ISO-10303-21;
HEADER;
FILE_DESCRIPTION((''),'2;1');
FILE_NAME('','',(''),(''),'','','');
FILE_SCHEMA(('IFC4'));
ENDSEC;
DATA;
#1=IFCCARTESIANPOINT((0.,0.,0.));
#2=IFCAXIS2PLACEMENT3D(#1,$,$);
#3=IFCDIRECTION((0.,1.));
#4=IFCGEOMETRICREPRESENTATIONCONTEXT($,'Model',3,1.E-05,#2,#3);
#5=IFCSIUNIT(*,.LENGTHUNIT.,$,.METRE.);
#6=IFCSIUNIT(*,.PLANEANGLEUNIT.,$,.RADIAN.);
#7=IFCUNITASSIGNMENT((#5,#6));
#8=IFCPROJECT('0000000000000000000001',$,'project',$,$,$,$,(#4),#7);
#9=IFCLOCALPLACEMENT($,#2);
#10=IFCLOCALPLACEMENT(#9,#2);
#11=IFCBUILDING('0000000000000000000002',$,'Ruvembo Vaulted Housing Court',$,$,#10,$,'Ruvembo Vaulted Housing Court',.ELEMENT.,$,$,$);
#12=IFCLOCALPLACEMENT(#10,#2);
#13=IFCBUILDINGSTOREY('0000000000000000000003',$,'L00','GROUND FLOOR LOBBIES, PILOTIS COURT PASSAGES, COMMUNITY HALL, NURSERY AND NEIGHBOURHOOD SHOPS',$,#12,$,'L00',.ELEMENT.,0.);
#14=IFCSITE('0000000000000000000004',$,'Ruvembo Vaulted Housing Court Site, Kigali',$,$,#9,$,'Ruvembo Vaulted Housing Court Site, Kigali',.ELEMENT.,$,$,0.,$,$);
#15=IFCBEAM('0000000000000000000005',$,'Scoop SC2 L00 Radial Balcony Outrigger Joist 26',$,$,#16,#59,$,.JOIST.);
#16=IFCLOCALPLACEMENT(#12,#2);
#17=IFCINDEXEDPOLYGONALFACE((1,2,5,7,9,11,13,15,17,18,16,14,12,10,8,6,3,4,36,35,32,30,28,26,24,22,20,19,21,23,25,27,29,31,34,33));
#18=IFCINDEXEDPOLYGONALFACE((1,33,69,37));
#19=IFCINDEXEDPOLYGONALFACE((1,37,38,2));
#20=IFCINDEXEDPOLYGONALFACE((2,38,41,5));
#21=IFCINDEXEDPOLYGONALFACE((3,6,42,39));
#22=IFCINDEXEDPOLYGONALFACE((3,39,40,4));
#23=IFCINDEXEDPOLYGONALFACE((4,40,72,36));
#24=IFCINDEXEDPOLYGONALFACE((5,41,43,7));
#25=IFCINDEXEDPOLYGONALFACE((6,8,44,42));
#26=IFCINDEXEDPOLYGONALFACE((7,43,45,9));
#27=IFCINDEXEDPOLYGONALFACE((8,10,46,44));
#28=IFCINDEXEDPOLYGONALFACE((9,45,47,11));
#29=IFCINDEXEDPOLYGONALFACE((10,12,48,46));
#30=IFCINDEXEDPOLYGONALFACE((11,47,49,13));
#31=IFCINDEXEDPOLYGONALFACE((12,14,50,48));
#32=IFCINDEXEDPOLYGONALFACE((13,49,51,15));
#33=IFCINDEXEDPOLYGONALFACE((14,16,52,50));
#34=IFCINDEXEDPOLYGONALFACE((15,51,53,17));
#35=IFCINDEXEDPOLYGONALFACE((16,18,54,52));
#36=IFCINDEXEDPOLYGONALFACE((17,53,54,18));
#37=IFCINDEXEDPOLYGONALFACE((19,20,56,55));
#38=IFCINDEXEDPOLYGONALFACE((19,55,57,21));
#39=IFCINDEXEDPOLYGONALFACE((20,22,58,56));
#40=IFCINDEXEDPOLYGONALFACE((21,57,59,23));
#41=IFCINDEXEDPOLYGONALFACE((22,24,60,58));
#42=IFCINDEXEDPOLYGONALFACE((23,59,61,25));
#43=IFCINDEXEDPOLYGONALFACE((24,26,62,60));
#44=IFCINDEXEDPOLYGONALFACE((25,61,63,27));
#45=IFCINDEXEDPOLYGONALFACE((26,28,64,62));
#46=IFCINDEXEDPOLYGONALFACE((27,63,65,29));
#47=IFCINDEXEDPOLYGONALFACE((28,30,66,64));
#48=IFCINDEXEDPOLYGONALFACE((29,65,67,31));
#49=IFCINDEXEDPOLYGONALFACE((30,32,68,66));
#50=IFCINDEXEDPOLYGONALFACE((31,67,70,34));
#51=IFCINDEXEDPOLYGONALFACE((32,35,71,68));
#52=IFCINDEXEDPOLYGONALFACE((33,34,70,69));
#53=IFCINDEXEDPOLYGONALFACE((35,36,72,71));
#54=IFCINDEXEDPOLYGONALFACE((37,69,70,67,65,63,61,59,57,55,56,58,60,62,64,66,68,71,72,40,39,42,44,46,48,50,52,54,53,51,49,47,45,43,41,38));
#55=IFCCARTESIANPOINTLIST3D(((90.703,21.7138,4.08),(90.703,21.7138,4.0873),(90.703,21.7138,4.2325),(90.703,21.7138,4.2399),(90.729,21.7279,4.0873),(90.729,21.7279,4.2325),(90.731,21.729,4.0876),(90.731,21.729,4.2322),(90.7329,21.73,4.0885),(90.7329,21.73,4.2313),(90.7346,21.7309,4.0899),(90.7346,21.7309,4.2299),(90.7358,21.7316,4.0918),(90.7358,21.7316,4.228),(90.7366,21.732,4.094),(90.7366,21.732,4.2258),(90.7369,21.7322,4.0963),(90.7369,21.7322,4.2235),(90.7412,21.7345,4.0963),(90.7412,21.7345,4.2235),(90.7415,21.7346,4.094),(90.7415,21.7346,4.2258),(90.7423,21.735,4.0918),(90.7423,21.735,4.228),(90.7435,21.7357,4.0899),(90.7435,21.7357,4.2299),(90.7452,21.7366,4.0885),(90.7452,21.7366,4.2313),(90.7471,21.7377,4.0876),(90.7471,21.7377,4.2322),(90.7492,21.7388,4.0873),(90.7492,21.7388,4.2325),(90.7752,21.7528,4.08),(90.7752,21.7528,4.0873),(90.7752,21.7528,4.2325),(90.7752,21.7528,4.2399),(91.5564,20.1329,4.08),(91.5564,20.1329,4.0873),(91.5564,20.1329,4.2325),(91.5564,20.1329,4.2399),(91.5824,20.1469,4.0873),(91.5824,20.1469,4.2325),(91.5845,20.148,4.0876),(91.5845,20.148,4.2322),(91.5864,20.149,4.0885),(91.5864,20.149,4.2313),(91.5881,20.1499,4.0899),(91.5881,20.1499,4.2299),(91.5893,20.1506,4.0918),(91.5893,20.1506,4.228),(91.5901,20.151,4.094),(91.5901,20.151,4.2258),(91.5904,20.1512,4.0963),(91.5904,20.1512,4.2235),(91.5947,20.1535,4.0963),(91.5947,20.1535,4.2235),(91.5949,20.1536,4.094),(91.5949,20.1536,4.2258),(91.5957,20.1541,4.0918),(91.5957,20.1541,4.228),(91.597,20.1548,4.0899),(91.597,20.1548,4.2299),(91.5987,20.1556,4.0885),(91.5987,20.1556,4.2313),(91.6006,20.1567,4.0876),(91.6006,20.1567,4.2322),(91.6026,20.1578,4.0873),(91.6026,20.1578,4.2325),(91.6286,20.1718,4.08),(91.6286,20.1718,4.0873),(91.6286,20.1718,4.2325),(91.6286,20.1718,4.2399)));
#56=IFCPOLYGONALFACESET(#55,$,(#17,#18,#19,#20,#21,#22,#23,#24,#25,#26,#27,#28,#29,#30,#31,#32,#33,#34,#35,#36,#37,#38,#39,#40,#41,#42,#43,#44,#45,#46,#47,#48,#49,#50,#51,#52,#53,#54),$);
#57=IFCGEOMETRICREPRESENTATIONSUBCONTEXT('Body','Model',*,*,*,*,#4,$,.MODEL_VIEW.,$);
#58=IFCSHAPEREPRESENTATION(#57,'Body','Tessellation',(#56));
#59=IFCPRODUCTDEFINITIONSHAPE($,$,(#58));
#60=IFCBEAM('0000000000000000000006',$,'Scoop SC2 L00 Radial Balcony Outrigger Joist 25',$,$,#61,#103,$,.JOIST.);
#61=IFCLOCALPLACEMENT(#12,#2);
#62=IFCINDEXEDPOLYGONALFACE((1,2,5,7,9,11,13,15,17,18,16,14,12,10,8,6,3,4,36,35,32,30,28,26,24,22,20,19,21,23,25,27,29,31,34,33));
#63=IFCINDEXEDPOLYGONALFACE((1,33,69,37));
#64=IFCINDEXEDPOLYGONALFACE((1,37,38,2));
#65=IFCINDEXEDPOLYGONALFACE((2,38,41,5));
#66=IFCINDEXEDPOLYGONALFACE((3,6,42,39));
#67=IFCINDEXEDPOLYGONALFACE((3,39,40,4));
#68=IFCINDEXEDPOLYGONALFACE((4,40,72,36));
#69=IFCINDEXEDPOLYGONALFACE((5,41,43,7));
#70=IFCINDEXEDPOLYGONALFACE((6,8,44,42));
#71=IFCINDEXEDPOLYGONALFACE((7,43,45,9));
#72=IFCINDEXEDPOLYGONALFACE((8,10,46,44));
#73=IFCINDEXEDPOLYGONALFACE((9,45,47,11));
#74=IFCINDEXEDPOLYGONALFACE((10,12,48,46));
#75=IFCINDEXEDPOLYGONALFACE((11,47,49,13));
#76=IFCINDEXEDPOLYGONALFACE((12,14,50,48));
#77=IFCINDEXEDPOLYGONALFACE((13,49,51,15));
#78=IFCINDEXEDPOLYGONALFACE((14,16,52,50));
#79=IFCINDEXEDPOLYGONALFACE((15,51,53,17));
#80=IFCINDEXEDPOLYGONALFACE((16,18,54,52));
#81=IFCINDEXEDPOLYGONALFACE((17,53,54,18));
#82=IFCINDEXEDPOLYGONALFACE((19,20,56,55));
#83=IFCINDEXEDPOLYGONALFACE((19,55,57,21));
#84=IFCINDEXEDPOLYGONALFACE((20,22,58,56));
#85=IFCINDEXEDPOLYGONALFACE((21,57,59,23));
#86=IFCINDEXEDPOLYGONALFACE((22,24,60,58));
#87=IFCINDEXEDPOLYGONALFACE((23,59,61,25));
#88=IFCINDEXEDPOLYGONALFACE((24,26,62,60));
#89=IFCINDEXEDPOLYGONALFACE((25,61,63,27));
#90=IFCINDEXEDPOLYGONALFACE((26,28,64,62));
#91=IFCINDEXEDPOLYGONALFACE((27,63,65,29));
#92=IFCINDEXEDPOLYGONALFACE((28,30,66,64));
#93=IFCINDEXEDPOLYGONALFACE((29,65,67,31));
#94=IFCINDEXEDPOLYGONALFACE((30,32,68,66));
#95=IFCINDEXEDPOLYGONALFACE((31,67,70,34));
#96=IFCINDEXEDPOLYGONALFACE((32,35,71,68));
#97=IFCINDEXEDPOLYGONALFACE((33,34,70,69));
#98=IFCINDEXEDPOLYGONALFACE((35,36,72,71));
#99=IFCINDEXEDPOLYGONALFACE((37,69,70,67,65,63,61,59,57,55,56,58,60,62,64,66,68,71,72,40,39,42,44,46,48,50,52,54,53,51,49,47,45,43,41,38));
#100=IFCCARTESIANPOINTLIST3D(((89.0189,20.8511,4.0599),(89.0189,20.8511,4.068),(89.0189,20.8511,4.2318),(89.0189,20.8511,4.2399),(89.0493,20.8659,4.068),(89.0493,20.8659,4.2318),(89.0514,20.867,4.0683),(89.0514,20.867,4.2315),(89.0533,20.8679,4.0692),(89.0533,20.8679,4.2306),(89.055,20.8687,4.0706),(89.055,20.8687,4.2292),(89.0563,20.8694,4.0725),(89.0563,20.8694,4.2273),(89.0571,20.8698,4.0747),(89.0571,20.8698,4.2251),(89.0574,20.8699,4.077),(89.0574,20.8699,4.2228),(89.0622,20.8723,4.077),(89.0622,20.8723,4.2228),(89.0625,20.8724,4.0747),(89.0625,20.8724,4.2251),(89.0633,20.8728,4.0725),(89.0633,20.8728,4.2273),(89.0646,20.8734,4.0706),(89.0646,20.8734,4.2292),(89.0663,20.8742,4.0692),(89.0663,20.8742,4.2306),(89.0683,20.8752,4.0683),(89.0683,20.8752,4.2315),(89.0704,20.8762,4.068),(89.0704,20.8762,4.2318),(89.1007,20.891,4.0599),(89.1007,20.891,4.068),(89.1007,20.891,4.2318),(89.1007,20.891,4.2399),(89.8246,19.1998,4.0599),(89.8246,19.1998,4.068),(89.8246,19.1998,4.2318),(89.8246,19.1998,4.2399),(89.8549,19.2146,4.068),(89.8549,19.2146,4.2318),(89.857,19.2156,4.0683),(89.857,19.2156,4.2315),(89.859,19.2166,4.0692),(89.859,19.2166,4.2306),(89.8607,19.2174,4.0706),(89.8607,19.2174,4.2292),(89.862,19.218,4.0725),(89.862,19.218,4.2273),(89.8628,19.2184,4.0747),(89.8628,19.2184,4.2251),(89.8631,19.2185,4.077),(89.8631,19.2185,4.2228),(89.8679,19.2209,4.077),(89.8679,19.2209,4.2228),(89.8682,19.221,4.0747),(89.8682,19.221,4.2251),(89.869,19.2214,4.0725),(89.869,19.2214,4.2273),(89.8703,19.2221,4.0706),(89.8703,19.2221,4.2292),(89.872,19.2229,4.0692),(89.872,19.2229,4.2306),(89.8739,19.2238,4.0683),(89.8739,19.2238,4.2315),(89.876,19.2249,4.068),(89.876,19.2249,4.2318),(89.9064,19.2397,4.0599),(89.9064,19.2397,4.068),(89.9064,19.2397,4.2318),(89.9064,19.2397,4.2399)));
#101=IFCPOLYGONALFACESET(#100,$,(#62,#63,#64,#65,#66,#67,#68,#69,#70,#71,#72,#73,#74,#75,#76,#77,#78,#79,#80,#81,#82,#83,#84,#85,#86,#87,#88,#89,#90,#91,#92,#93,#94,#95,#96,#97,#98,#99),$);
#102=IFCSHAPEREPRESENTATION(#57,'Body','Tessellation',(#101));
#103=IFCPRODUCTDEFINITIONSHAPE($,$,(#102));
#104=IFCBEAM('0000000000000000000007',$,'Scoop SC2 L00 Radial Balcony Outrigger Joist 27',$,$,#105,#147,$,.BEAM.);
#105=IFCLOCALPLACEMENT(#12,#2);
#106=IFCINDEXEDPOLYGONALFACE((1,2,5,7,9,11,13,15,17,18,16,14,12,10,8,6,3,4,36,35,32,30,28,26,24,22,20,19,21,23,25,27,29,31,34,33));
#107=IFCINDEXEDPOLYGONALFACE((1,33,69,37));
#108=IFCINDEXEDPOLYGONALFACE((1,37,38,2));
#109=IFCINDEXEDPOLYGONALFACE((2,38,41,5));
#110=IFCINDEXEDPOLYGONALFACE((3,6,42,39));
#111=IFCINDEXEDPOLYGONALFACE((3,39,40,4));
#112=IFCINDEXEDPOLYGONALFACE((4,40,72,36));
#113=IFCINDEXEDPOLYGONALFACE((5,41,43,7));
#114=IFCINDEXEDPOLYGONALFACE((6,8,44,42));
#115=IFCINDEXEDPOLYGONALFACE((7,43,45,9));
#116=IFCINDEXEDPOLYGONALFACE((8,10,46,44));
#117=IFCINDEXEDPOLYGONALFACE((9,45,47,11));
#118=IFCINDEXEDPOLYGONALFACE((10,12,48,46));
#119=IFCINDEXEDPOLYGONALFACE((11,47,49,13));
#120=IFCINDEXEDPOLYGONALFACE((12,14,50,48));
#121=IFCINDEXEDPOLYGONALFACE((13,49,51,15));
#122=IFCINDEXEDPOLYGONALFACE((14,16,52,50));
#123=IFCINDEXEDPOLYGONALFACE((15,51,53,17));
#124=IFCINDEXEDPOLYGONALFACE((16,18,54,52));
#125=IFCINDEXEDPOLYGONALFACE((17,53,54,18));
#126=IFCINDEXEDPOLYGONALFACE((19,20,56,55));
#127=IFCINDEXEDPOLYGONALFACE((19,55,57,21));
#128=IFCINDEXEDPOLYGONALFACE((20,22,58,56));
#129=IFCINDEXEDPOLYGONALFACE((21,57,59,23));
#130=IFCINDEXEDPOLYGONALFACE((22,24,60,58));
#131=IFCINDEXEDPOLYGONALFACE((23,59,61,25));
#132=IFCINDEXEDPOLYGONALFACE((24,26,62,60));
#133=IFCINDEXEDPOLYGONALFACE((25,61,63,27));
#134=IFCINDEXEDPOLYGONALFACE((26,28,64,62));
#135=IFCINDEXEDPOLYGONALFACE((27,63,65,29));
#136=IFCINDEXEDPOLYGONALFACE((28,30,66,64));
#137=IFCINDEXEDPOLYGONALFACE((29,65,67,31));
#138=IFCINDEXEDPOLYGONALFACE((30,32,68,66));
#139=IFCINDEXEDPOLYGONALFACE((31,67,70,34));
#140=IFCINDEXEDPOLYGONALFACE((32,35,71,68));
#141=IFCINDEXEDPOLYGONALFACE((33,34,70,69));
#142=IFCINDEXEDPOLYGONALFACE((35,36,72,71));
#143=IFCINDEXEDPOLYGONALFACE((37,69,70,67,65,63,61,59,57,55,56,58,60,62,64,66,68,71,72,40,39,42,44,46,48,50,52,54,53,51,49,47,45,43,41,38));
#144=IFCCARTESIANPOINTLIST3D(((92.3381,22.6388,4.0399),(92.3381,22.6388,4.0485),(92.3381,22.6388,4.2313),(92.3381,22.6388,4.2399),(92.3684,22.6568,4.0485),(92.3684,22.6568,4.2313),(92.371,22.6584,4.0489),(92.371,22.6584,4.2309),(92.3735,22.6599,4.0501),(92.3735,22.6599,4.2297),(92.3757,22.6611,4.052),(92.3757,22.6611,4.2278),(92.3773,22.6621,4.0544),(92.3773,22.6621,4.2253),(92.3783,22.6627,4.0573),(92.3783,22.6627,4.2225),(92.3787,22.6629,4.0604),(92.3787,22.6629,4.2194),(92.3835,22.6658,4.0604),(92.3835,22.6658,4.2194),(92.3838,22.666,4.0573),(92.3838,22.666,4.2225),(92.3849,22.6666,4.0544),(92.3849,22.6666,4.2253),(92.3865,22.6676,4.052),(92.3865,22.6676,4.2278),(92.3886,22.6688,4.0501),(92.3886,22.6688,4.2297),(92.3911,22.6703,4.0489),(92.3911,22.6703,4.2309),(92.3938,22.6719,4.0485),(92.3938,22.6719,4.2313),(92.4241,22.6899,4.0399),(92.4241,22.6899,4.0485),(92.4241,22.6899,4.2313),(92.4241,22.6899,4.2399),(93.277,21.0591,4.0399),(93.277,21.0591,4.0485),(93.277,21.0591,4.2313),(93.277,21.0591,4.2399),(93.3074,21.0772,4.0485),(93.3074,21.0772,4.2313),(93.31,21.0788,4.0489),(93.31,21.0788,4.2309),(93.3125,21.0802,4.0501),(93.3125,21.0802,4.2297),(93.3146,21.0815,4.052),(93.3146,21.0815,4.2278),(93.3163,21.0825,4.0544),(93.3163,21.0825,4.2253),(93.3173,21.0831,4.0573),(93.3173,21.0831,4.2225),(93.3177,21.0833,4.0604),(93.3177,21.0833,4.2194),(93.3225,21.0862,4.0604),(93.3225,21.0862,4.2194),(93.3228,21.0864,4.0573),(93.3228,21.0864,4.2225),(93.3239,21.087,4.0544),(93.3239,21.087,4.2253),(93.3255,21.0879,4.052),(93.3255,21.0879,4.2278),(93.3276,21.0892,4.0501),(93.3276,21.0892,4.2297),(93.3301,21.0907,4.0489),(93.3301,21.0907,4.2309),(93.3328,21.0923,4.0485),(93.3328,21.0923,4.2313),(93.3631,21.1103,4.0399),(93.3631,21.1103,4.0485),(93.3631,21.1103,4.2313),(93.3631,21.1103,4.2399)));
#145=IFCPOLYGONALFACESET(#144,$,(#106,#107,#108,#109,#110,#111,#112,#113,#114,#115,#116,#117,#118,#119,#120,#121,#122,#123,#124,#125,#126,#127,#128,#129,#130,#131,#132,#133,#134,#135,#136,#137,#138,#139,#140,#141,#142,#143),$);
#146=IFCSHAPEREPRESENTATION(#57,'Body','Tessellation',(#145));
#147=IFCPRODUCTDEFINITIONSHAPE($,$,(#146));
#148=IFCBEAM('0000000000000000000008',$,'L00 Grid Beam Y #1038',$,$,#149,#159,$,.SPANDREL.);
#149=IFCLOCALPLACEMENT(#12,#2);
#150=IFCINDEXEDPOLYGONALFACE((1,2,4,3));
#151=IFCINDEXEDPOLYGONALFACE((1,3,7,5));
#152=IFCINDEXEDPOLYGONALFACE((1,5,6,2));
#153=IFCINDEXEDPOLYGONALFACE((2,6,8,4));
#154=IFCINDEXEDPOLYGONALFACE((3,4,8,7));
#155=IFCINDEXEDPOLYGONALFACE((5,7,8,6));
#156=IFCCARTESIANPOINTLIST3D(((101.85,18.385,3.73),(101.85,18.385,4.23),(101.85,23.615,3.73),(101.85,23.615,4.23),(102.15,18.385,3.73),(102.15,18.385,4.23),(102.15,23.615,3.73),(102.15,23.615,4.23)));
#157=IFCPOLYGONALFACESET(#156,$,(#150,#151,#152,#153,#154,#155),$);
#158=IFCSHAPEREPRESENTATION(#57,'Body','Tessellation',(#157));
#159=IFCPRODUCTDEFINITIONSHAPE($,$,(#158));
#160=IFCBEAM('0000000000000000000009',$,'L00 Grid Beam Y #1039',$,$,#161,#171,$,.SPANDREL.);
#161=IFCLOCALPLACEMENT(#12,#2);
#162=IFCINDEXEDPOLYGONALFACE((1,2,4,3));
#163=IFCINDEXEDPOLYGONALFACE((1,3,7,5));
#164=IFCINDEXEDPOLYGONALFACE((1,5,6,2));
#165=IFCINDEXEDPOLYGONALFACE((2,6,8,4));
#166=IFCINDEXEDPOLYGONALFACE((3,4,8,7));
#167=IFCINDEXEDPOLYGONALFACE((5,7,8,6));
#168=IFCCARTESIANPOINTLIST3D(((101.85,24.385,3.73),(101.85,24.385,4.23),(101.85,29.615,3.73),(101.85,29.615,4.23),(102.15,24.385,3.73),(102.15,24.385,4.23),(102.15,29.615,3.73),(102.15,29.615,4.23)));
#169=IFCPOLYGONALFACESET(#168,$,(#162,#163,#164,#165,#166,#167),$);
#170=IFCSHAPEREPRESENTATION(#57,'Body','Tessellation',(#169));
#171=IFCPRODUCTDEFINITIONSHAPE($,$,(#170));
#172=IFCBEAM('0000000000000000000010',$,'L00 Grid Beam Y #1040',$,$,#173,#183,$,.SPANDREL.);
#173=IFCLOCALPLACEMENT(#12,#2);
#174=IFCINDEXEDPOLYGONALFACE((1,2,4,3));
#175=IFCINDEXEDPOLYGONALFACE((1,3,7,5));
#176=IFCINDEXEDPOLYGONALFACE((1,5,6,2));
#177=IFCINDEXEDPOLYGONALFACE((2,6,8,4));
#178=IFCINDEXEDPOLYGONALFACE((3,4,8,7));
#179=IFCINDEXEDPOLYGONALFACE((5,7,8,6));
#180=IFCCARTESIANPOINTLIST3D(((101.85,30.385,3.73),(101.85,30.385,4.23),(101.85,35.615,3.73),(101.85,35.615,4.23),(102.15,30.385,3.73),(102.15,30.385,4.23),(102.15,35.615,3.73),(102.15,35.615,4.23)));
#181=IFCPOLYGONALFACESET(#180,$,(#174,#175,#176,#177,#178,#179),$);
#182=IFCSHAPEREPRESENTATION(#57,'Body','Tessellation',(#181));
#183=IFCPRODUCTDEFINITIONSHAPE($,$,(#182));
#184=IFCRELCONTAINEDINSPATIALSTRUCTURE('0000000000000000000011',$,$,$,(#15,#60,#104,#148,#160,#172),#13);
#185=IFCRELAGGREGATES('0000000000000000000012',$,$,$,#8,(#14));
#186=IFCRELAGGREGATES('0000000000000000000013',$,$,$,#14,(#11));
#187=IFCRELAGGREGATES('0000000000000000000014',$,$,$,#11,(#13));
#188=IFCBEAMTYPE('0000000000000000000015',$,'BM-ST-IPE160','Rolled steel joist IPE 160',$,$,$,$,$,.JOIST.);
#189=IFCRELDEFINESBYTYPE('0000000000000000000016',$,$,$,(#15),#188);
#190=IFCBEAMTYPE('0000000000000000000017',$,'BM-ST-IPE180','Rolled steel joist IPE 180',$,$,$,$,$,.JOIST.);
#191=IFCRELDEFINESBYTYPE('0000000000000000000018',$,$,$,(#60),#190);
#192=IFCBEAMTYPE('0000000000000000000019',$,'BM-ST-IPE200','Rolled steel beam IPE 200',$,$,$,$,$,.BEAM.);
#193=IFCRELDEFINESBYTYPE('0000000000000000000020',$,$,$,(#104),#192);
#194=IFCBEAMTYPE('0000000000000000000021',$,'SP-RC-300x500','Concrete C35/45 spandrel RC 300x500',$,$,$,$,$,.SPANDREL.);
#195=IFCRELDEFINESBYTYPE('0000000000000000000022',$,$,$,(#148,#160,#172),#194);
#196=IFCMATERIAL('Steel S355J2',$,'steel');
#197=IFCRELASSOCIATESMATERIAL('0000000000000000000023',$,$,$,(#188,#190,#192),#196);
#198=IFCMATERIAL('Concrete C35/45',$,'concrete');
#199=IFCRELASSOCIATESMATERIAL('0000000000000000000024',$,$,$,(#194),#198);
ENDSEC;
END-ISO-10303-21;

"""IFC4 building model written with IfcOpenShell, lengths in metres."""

from ifc_helpers import new_model, si_unit, direction, frame, origin, origin_2d, place, context, subcontext, project, spatial, rectangle, i_section, extrude, material, material_profile, profile_set, type_object, element, save


model = new_model("IFC4")

# Units and contexts
model_context = context("Model", 3, precision=1e-05, world=origin(), true_north=direction((0.0, 1.0)))
body_context = subcontext(model_context, "Body", "Model", "MODEL_VIEW")
ifc_project = project(units=[si_unit("LENGTHUNIT", "METRE"), si_unit("PLANEANGLEUNIT", "RADIAN")], contexts=[model_context])

# Site, building, storey
site_placement = place(None, origin())
site = spatial("IfcSite", under=ifc_project, at=site_placement, Name="Ruvembo Vaulted Housing Court Site, Kigali", LongName="Ruvembo Vaulted Housing Court Site, Kigali", CompositionType="ELEMENT", RefElevation=0.0)
building_placement = place(site_placement, origin())
building = spatial("IfcBuilding", under=site, at=building_placement, Name="Ruvembo Vaulted Housing Court", LongName="Ruvembo Vaulted Housing Court", CompositionType="ELEMENT")
storey_placement = place(building_placement, origin())
storey = spatial("IfcBuildingStorey", under=building, at=storey_placement, Name="L00", Description="GROUND FLOOR LOBBIES, PILOTIS COURT PASSAGES, COMMUNITY HALL, NURSERY AND NEIGHBOURHOOD SHOPS", LongName="L00", CompositionType="ELEMENT", Elevation=0.0)

# Beams
ifc_material_1 = material(Name="Steel S355J2", Category="steel")
ifc_material_profile_1 = material_profile(ifc_material_1, i_section(OverallWidth=0.082, OverallDepth=0.1599, WebThickness=0.0049, FlangeThickness=0.0073, FilletRadius=0.009, at=origin_2d()), Name="IPE 160")
ifc_profile_set_1 = profile_set([ifc_material_profile_1], Name="Steel S355J2")
beam_type_1 = type_object("IfcBeamType", Name="BM-ST-IPE160", Description="Rolled steel joist IPE 160", PredefinedType="JOIST", material=ifc_profile_set_1)
beam_1_placement = place(storey_placement, frame((91.5925, 20.1523, 4.1599), z_axis=(-0.475039, 0.879964, 0.0), x_axis=(-0.879964, -0.475039, 0.0)))
element("IfcBeam", 1, at=beam_1_placement, inside=storey, type_object=beam_type_1, Name="Scoop SC2 L00 Radial Balcony Outrigger Joist 26", PredefinedType="JOIST", context=body_context, shape_type="SweptSolid", body=[
    extrude(i_section(OverallWidth=0.082, OverallDepth=0.1599, WebThickness=0.0049, FlangeThickness=0.0073, FilletRadius=0.009, at=origin_2d()), origin(), (0.0, 0.0, 1.0), 1.7966),
])
ifc_material_profile_2 = material_profile(ifc_material_1, i_section(OverallWidth=0.0911, OverallDepth=0.1799, WebThickness=0.0054, FlangeThickness=0.0081, FilletRadius=0.009, at=origin_2d()), Name="IPE 180")
ifc_profile_set_2 = profile_set([ifc_material_profile_2], Name="Steel S355J2")
beam_type_2 = type_object("IfcBeamType", Name="BM-ST-IPE180", Description="Rolled steel joist IPE 180", PredefinedType="JOIST", material=ifc_profile_set_2)
beam_2_placement = place(storey_placement, frame((89.8655, 19.2197, 4.1499), z_axis=(-0.438476, 0.898743, 0.0), x_axis=(-0.898743, -0.438476, 0.0)))
element("IfcBeam", 2, at=beam_2_placement, inside=storey, type_object=beam_type_2, Name="Scoop SC2 L00 Radial Balcony Outrigger Joist 25", PredefinedType="JOIST", context=body_context, shape_type="SweptSolid", body=[
    extrude(i_section(OverallWidth=0.0911, OverallDepth=0.1799, WebThickness=0.0054, FlangeThickness=0.0081, FilletRadius=0.009, at=origin_2d()), origin(), (0.0, 0.0, 1.0), 1.8374),
])
ifc_material_profile_3 = material_profile(ifc_material_1, i_section(OverallWidth=0.1001, OverallDepth=0.2, WebThickness=0.0056, FlangeThickness=0.0085, FilletRadius=0.012, at=origin_2d()), Name="IPE 200")
ifc_profile_set_3 = profile_set([ifc_material_profile_3], Name="Steel S355J2")
beam_type_3 = type_object("IfcBeamType", Name="BM-ST-IPE200", Description="Rolled steel beam IPE 200", PredefinedType="BEAM", material=ifc_profile_set_3)
beam_3_placement = place(storey_placement, frame((93.3201, 21.0847, 4.1399), z_axis=(-0.510975, 0.859596, 0.0), x_axis=(-0.859596, -0.510975, 0.0)))
element("IfcBeam", 3, at=beam_3_placement, inside=storey, type_object=beam_type_3, Name="Scoop SC2 L00 Radial Balcony Outrigger Joist 27", PredefinedType="BEAM", context=body_context, shape_type="SweptSolid", body=[
    extrude(i_section(OverallWidth=0.1001, OverallDepth=0.2, WebThickness=0.0056, FlangeThickness=0.0085, FilletRadius=0.012, at=origin_2d()), origin(), (0.0, 0.0, 1.0), 1.8376),
])
ifc_material_2 = material(Name="Concrete C35/45", Category="concrete")
ifc_material_profile_4 = material_profile(ifc_material_2, rectangle(XDim=0.3, YDim=0.5, at=origin_2d()), Name="RC 300x500")
ifc_profile_set_4 = profile_set([ifc_material_profile_4], Name="Concrete C35/45")
beam_type_4 = type_object("IfcBeamType", Name="SP-RC-300x500", Description="Concrete C35/45 spandrel RC 300x500", PredefinedType="SPANDREL", material=ifc_profile_set_4)
for number, where, z_axis, x_axis, name in (
    (4, (102.0, 18.385, 3.98), (0.0, 1.0, 0.0), (-1.0, 0.0, 0.0), "L00 Grid Beam Y #1038"),
    (5, (102.0, 24.385, 3.98), (0.0, 1.0, 0.0), (-1.0, 0.0, 0.0), "L00 Grid Beam Y #1039"),
    (6, (102.0, 30.385, 3.98), (0.0, 1.0, 0.0), (-1.0, 0.0, 0.0), "L00 Grid Beam Y #1040"),
):
    element("IfcBeam", number, at=place(storey_placement, frame(where, z_axis=z_axis, x_axis=x_axis)), inside=storey, type_object=beam_type_4, Name=name, PredefinedType="SPANDREL", context=body_context, shape_type="SweptSolid", body=[
        extrude(rectangle(XDim=0.3, YDim=0.5, at=origin_2d()), origin(), (0.0, 0.0, 1.0), 5.23),
    ])

save(model, "model.ifc")
